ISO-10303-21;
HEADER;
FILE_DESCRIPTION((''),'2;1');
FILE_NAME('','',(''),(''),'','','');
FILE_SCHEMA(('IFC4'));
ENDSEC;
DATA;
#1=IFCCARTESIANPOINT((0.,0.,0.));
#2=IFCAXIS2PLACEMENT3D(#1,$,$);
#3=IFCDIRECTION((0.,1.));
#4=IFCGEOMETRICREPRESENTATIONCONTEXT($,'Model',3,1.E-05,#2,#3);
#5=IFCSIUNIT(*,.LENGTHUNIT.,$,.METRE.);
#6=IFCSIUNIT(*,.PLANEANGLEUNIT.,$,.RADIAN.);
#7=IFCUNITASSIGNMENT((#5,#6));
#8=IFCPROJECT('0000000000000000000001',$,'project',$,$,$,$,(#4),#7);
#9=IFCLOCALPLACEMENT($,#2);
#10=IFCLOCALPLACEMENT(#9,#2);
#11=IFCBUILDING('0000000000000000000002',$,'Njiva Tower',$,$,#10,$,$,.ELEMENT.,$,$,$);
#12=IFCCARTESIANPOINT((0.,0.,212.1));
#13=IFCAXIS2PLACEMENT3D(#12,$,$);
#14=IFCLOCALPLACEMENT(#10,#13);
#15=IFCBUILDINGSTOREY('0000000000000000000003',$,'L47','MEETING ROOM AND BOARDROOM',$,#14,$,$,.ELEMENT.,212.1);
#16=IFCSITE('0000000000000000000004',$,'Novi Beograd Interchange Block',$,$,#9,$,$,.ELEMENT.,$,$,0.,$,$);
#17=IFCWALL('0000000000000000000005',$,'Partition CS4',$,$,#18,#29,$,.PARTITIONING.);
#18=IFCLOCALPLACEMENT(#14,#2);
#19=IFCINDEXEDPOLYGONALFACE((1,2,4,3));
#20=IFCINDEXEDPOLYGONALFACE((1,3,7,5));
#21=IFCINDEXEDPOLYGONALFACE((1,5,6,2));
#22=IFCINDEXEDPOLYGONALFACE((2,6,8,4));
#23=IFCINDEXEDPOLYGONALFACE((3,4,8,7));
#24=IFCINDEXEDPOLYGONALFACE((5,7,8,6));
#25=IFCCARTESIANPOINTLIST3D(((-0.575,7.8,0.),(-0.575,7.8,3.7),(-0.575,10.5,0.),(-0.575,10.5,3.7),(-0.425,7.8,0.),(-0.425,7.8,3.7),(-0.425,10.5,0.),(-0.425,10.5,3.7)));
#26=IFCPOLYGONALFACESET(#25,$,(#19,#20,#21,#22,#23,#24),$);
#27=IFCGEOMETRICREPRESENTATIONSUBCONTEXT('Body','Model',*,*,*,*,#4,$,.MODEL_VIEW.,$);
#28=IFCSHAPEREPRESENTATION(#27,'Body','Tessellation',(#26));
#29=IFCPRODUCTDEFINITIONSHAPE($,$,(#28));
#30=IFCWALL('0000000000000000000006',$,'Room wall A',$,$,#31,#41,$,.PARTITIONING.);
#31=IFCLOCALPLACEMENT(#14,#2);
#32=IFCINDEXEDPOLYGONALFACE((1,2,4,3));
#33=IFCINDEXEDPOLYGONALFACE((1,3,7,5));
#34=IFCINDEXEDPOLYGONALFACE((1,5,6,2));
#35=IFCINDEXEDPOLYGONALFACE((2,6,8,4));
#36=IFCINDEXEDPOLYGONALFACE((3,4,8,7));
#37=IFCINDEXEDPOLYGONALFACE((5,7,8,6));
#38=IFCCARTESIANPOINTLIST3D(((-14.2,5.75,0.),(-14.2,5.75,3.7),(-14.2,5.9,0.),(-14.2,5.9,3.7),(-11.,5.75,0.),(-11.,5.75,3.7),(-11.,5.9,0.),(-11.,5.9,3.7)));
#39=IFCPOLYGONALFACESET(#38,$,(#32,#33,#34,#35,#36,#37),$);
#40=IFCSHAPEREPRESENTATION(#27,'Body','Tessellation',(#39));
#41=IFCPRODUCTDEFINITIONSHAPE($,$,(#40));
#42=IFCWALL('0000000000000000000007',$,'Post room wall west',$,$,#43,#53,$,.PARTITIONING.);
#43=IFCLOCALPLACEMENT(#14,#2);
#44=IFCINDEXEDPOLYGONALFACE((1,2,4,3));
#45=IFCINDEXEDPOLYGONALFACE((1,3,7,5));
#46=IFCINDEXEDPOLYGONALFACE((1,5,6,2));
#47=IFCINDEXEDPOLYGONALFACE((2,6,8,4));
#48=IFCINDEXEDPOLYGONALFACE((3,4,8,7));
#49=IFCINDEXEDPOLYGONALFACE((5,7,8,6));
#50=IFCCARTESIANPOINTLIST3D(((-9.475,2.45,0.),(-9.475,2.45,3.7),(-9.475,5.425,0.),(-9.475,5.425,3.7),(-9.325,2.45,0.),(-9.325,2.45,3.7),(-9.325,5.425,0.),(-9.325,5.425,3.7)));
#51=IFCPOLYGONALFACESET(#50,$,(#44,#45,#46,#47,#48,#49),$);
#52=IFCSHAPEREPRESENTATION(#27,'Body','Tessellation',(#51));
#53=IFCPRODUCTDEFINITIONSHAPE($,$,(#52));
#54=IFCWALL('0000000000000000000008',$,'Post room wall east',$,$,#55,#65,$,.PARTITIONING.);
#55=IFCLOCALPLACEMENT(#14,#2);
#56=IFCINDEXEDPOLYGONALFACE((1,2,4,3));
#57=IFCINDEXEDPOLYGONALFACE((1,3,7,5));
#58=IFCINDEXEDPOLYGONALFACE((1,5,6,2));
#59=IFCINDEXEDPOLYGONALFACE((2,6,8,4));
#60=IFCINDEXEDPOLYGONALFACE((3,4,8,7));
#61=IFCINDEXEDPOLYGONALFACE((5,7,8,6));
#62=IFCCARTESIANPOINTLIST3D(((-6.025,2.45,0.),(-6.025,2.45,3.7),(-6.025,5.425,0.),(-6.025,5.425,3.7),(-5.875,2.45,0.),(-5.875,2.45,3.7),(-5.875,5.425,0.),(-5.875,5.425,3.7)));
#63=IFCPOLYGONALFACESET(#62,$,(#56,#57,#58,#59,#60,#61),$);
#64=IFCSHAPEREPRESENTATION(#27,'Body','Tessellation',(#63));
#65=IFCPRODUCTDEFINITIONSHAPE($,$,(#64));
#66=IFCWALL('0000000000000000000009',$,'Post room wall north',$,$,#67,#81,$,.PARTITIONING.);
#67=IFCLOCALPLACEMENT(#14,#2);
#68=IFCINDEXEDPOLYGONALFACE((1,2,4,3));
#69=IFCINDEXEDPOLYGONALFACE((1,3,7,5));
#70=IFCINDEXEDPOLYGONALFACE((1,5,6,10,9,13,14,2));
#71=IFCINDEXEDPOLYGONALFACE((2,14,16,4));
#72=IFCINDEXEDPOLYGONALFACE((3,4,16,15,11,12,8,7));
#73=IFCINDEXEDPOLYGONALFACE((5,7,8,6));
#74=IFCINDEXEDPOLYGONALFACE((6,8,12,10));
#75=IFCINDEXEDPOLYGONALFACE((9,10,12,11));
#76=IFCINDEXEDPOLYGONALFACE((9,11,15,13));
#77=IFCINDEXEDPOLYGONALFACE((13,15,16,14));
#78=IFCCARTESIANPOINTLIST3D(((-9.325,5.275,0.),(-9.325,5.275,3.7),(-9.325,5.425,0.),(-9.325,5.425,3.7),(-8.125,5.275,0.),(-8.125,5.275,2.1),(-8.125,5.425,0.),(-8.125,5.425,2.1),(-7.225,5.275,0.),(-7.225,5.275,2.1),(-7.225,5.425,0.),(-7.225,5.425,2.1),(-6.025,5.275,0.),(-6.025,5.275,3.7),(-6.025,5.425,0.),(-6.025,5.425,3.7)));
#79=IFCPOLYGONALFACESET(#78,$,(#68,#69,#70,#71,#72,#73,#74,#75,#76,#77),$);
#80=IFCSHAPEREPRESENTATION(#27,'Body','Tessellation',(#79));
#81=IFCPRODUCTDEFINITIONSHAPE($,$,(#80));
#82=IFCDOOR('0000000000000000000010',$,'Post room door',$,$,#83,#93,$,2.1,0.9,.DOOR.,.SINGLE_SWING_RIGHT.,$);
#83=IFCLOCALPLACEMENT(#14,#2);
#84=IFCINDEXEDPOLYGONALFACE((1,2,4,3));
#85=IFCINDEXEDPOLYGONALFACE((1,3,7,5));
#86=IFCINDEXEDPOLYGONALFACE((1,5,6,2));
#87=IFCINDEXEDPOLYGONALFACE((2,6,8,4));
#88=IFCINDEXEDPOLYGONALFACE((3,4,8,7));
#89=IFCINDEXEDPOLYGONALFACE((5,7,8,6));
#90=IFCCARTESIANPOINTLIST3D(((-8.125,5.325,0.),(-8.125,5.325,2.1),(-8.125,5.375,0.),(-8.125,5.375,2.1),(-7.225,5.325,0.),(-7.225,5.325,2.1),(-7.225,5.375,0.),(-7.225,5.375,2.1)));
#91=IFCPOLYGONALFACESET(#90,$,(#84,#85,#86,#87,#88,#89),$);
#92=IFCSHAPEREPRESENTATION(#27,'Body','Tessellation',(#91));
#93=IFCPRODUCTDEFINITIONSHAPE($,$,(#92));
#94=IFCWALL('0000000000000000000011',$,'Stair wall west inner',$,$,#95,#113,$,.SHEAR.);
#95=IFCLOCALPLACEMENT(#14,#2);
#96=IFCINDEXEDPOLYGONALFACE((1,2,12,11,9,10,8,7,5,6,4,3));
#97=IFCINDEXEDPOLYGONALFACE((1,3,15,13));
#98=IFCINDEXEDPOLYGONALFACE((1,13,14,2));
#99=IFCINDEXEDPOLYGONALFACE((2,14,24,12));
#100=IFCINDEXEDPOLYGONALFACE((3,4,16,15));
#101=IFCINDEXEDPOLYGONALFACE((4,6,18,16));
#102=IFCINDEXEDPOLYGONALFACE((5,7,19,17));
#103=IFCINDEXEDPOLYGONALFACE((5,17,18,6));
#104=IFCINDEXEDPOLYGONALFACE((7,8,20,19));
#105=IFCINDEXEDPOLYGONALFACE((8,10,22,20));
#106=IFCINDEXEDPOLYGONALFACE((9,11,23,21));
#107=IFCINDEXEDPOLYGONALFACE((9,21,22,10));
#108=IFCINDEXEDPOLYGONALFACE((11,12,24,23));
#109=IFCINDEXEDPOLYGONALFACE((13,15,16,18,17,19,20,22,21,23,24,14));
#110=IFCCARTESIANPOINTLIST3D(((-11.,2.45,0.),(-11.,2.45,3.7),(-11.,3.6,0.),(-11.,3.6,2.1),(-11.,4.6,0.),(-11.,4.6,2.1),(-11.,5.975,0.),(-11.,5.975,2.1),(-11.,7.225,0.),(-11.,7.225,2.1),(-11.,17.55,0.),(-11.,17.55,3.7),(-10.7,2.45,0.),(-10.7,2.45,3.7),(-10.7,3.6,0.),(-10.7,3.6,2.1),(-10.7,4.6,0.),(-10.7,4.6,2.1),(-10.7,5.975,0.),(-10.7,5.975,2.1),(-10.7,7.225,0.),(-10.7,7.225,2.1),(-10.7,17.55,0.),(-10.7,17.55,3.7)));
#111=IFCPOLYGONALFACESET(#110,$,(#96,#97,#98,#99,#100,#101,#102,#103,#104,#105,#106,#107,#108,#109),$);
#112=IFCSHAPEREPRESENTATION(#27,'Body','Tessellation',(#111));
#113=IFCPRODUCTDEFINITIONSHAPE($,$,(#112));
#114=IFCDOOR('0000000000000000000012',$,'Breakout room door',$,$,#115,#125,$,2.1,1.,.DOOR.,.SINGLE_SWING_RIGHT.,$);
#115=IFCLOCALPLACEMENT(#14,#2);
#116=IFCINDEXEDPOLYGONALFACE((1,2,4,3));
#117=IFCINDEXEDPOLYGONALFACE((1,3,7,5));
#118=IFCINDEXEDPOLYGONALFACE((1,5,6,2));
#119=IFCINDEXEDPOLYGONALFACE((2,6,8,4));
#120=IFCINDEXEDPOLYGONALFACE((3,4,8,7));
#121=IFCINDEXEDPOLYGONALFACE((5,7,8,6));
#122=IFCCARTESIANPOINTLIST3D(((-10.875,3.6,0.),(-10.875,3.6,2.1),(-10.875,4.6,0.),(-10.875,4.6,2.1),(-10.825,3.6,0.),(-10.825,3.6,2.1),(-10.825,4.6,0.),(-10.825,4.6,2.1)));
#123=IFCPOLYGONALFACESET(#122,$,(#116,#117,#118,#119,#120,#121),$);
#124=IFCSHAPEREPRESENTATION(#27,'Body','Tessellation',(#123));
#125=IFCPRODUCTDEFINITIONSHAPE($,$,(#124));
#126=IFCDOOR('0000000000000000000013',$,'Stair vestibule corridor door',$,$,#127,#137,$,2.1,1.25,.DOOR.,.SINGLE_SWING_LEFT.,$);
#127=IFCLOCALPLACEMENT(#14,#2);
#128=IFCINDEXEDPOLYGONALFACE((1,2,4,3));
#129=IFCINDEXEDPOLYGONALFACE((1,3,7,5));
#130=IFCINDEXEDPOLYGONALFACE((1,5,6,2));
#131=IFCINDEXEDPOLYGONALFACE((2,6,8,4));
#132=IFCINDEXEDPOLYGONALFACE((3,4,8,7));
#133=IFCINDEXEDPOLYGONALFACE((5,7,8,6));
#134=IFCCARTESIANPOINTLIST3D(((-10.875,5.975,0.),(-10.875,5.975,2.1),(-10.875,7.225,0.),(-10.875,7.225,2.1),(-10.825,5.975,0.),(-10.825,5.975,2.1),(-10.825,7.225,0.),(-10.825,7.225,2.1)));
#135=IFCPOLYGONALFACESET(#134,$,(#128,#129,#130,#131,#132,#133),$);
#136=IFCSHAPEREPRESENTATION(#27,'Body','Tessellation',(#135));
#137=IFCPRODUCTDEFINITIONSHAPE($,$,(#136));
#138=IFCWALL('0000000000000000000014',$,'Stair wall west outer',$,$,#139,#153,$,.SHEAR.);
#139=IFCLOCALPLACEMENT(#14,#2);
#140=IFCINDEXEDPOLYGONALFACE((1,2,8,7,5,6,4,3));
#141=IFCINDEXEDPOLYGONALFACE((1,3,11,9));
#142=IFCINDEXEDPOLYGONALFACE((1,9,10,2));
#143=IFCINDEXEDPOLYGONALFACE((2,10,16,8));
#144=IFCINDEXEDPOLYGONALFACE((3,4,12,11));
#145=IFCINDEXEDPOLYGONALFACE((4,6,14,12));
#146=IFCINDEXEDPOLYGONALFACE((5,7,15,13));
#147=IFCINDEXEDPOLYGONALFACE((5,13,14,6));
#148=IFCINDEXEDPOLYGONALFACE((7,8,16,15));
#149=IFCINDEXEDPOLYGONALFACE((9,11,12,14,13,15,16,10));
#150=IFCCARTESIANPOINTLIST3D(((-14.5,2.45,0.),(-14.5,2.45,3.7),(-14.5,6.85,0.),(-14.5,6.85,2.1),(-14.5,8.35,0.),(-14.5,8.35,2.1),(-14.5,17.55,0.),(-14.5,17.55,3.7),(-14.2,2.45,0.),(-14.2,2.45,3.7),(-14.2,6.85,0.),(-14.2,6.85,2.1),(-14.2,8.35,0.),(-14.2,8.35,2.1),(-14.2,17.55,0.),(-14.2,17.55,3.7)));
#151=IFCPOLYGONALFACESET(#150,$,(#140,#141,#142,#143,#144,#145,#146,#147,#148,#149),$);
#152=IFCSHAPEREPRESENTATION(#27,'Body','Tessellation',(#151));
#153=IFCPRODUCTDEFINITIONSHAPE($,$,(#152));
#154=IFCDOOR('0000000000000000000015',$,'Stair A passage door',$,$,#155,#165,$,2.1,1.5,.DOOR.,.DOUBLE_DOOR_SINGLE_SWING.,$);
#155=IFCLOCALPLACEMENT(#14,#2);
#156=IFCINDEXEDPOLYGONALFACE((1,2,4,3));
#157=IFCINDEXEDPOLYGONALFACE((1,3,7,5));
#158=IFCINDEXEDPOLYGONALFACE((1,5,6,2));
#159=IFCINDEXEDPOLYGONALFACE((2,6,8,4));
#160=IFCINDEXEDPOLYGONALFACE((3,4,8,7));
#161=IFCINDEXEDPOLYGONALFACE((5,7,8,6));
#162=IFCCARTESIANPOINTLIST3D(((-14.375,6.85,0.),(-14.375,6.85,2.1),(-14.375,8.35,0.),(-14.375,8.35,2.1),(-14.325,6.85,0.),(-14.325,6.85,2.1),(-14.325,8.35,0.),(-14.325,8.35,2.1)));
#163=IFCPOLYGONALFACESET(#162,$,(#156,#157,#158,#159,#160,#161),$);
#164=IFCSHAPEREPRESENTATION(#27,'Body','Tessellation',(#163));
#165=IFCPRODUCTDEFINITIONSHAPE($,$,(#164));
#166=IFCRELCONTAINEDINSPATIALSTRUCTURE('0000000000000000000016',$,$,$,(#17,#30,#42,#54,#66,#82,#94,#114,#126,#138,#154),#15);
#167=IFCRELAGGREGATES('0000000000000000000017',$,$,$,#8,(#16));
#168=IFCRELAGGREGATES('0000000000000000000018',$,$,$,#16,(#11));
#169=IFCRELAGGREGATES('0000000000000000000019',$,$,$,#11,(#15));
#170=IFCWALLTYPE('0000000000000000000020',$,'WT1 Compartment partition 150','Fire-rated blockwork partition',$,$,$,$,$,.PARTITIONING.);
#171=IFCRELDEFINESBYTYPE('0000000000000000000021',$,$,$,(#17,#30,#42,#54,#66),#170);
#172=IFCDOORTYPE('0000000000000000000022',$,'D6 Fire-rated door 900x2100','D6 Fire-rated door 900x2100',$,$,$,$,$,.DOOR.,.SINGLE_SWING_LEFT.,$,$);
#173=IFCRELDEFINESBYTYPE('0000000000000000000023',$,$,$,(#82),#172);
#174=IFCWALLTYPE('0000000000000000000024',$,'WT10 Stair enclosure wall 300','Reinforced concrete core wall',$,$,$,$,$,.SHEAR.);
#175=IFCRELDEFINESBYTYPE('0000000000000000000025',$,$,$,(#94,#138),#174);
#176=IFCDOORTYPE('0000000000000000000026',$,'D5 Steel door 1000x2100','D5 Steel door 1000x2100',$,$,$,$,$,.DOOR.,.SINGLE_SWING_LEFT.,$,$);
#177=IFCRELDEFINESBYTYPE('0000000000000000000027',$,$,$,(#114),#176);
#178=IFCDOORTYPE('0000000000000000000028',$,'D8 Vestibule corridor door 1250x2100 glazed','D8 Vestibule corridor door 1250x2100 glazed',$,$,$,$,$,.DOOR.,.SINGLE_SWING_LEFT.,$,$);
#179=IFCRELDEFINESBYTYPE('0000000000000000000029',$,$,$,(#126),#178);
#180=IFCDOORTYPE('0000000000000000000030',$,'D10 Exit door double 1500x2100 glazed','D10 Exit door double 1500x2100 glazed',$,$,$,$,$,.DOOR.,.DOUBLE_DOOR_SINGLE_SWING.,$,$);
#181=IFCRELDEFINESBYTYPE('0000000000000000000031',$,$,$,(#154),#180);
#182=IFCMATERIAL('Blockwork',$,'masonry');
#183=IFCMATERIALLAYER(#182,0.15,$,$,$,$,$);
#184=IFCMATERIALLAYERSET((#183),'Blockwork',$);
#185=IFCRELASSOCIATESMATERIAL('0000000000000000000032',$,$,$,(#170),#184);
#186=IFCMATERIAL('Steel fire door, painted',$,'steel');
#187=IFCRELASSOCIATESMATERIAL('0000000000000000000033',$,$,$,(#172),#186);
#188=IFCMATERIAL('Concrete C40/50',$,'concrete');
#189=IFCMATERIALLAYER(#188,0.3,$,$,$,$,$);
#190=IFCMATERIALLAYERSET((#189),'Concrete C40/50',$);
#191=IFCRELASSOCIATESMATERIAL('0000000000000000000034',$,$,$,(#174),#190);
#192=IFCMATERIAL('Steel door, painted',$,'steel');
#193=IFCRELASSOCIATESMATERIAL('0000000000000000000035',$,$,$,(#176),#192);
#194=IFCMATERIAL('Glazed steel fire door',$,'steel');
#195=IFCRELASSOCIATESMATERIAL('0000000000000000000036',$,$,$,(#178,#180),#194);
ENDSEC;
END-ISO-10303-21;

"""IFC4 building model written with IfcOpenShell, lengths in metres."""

from ifc_helpers import new_model, si_unit, direction, frame, frame_2d, origin, place, context, subcontext, project, spatial, rectangle, extrude, material, layer, layer_set, type_object, element, fill, save


model = new_model("IFC4")

# Units and contexts
model_context = context("Model", 3, precision=1e-05, world=origin(), true_north=direction((0.0, 1.0)))
body_context = subcontext(model_context, "Body", "Model", "MODEL_VIEW")
ifc_project = project(units=[si_unit("LENGTHUNIT", "METRE"), si_unit("PLANEANGLEUNIT", "RADIAN")], contexts=[model_context])

# Site, building, storey
site_placement = place(None, origin())
site = spatial("IfcSite", under=ifc_project, at=site_placement, Name="Novi Beograd Interchange Block", CompositionType="ELEMENT", RefElevation=0.0)
building_placement = place(site_placement, origin())
building = spatial("IfcBuilding", under=site, at=building_placement, Name="Njiva Tower", CompositionType="ELEMENT")
storey_placement = place(building_placement, frame((0.0, 0.0, 212.1)))
storey = spatial("IfcBuildingStorey", under=building, at=storey_placement, Name="L47", Description="MEETING ROOM AND BOARDROOM", CompositionType="ELEMENT", Elevation=212.1)

# Walls
ifc_material_1 = material(Name="Blockwork", Category="masonry")
ifc_layer_1 = layer(ifc_material_1, 0.15)
ifc_layer_set_1 = layer_set([ifc_layer_1], Name="Blockwork")
wall_type_1 = type_object("IfcWallType", Name="WT1 Compartment partition 150", Description="Fire-rated blockwork partition", PredefinedType="PARTITIONING", material=ifc_layer_set_1)
wall_1_placement = place(storey_placement, frame((-0.5, 7.8, 0.0), z_axis=(0.0, 0.0, 1.0), x_axis=(0.0, 1.0, 0.0)))
element("IfcWall", 1, at=wall_1_placement, inside=storey, type_object=wall_type_1, Name="Partition CS4", PredefinedType="PARTITIONING", context=body_context, shape_type="SweptSolid", body=[
    extrude(rectangle(XDim=2.7, YDim=0.15, at=frame_2d((1.35, 0.0))), origin(), (0.0, 0.0, 1.0), 3.7),
])
wall_2_placement = place(storey_placement, frame((-14.2, 5.825, 0.0), z_axis=(0.0, 0.0, 1.0), x_axis=(1.0, 0.0, 0.0)))
element("IfcWall", 2, at=wall_2_placement, inside=storey, type_object=wall_type_1, Name="Room wall A", PredefinedType="PARTITIONING", context=body_context, shape_type="SweptSolid", body=[
    extrude(rectangle(XDim=3.2, YDim=0.15, at=frame_2d((1.6, 0.0))), origin(), (0.0, 0.0, 1.0), 3.7),
])
for number, where, z_axis, x_axis, name in (
    (3, (-9.4, 2.45, 0.0), (0.0, 0.0, 1.0), (0.0, 1.0, 0.0), "Post room wall west"),
    (4, (-5.95, 2.45, 0.0), (0.0, 0.0, 1.0), (0.0, 1.0, 0.0), "Post room wall east"),
):
    element("IfcWall", number, at=place(storey_placement, frame(where, z_axis=z_axis, x_axis=x_axis)), inside=storey, type_object=wall_type_1, Name=name, PredefinedType="PARTITIONING", context=body_context, shape_type="SweptSolid", body=[
        extrude(rectangle(XDim=2.975, YDim=0.15, at=frame_2d((1.4875, 0.0))), origin(), (0.0, 0.0, 1.0), 3.7),
    ])

# Wall, opening, door
wall_3_placement = place(storey_placement, frame((-9.325, 5.35, 0.0), z_axis=(0.0, 0.0, 1.0), x_axis=(1.0, 0.0, 0.0)))
wall_3 = element("IfcWall", 5, at=wall_3_placement, inside=storey, type_object=wall_type_1, Name="Post room wall north", PredefinedType="PARTITIONING", context=body_context, shape_type="SweptSolid", body=[
    extrude(rectangle(XDim=3.3, YDim=0.15, at=frame_2d((1.65, 0.0))), origin(), (0.0, 0.0, 1.0), 3.7),
])
opening_1_placement = place(wall_3_placement, frame((1.2, 0.0, 0.0)))
opening_1 = element("IfcOpeningElement", 6, at=opening_1_placement, cuts=wall_3, PredefinedType="OPENING", context=body_context, shape_type="SweptSolid", body=[
    extrude(rectangle(XDim=0.9, YDim=2.1, at=frame_2d((0.45, 1.05))), frame((0.0, 0.085, 0.0), z_axis=(0.0, -1.0, 0.0), x_axis=(1.0, 0.0, 0.0)), (0.0, 0.0, 1.0), 0.17),
])
ifc_material_2 = material(Name="Steel fire door, painted", Category="steel")
door_type_1 = type_object("IfcDoorType", Name="D6 Fire-rated door 900x2100", Description="D6 Fire-rated door 900x2100", OperationType="SINGLE_SWING_LEFT", PredefinedType="DOOR", material=ifc_material_2)
door_1_placement = place(opening_1_placement, origin())
door_1 = element("IfcDoor", 7, at=door_1_placement, inside=storey, type_object=door_type_1, Name="Post room door", OperationType="SINGLE_SWING_RIGHT", OverallHeight=2.1, OverallWidth=0.9, PredefinedType="DOOR", context=body_context, shape_type="SweptSolid", body=[
    extrude(rectangle(XDim=0.9, YDim=2.1, at=frame_2d((0.45, 1.05))), frame((0.0, 0.025, 0.0), z_axis=(0.0, -1.0, 0.0), x_axis=(1.0, 0.0, 0.0)), (0.0, 0.0, 1.0), 0.05),
])
fill(opening_1, door_1)

# Wall, openings, doors
ifc_material_3 = material(Name="Concrete C40/50", Category="concrete")
ifc_layer_2 = layer(ifc_material_3, 0.3)
ifc_layer_set_2 = layer_set([ifc_layer_2], Name="Concrete C40/50")
wall_type_2 = type_object("IfcWallType", Name="WT10 Stair enclosure wall 300", Description="Reinforced concrete core wall", PredefinedType="SHEAR", material=ifc_layer_set_2)
wall_4_placement = place(storey_placement, frame((-10.85, 2.45, 0.0), z_axis=(0.0, 0.0, 1.0), x_axis=(0.0, 1.0, 0.0)))
wall_4 = element("IfcWall", 8, at=wall_4_placement, inside=storey, type_object=wall_type_2, Name="Stair wall west inner", PredefinedType="SHEAR", context=body_context, shape_type="SweptSolid", body=[
    extrude(rectangle(XDim=15.1, YDim=0.3, at=frame_2d((7.55, 0.0))), origin(), (0.0, 0.0, 1.0), 3.7),
])
opening_2_placement = place(wall_4_placement, frame((3.525, 0.0, 0.0)))
opening_2 = element("IfcOpeningElement", 9, at=opening_2_placement, cuts=wall_4, PredefinedType="OPENING", context=body_context, shape_type="SweptSolid", body=[
    extrude(rectangle(XDim=1.25, YDim=2.1, at=frame_2d((0.625, 1.05))), frame((0.0, 0.16, 0.0), z_axis=(0.0, -1.0, 0.0), x_axis=(1.0, 0.0, 0.0)), (0.0, 0.0, 1.0), 0.32),
])
opening_3_placement = place(wall_4_placement, frame((1.15, 0.0, 0.0)))
opening_3 = element("IfcOpeningElement", 10, at=opening_3_placement, cuts=wall_4, PredefinedType="OPENING", context=body_context, shape_type="SweptSolid", body=[
    extrude(rectangle(XDim=1.0, YDim=2.1, at=frame_2d((0.5, 1.05))), frame((0.0, 0.16, 0.0), z_axis=(0.0, -1.0, 0.0), x_axis=(1.0, 0.0, 0.0)), (0.0, 0.0, 1.0), 0.32),
])
ifc_material_4 = material(Name="Steel door, painted", Category="steel")
door_type_2 = type_object("IfcDoorType", Name="D5 Steel door 1000x2100", Description="D5 Steel door 1000x2100", OperationType="SINGLE_SWING_LEFT", PredefinedType="DOOR", material=ifc_material_4)
door_2_placement = place(opening_3_placement, origin())
door_2 = element("IfcDoor", 11, at=door_2_placement, inside=storey, type_object=door_type_2, Name="Breakout room door", OperationType="SINGLE_SWING_RIGHT", OverallHeight=2.1, OverallWidth=1.0, PredefinedType="DOOR", context=body_context, shape_type="SweptSolid", body=[
    extrude(rectangle(XDim=1.0, YDim=2.1, at=frame_2d((0.5, 1.05))), frame((0.0, 0.025, 0.0), z_axis=(0.0, -1.0, 0.0), x_axis=(1.0, 0.0, 0.0)), (0.0, 0.0, 1.0), 0.05),
])
fill(opening_3, door_2)
ifc_material_5 = material(Name="Glazed steel fire door", Category="steel")
door_type_3 = type_object("IfcDoorType", Name="D8 Vestibule corridor door 1250x2100 glazed", Description="D8 Vestibule corridor door 1250x2100 glazed", OperationType="SINGLE_SWING_LEFT", PredefinedType="DOOR", material=ifc_material_5)
door_3_placement = place(opening_2_placement, origin())
door_3 = element("IfcDoor", 12, at=door_3_placement, inside=storey, type_object=door_type_3, Name="Stair vestibule corridor door", OperationType="SINGLE_SWING_LEFT", OverallHeight=2.1, OverallWidth=1.25, PredefinedType="DOOR", context=body_context, shape_type="SweptSolid", body=[
    extrude(rectangle(XDim=1.25, YDim=2.1, at=frame_2d((0.625, 1.05))), frame((0.0, 0.025, 0.0), z_axis=(0.0, -1.0, 0.0), x_axis=(1.0, 0.0, 0.0)), (0.0, 0.0, 1.0), 0.05),
])
fill(opening_2, door_3)

# Wall, opening, door
wall_5_placement = place(storey_placement, frame((-14.35, 2.45, 0.0), z_axis=(0.0, 0.0, 1.0), x_axis=(0.0, 1.0, 0.0)))
wall_5 = element("IfcWall", 13, at=wall_5_placement, inside=storey, type_object=wall_type_2, Name="Stair wall west outer", PredefinedType="SHEAR", context=body_context, shape_type="SweptSolid", body=[
    extrude(rectangle(XDim=15.1, YDim=0.3, at=frame_2d((7.55, 0.0))), origin(), (0.0, 0.0, 1.0), 3.7),
])
opening_4_placement = place(wall_5_placement, frame((4.4, 0.0, 0.0)))
opening_4 = element("IfcOpeningElement", 14, at=opening_4_placement, cuts=wall_5, PredefinedType="OPENING", context=body_context, shape_type="SweptSolid", body=[
    extrude(rectangle(XDim=1.5, YDim=2.1, at=frame_2d((0.75, 1.05))), frame((0.0, 0.16, 0.0), z_axis=(0.0, -1.0, 0.0), x_axis=(1.0, 0.0, 0.0)), (0.0, 0.0, 1.0), 0.32),
])
door_type_4 = type_object("IfcDoorType", Name="D10 Exit door double 1500x2100 glazed", Description="D10 Exit door double 1500x2100 glazed", OperationType="DOUBLE_DOOR_SINGLE_SWING", PredefinedType="DOOR", material=ifc_material_5)
door_4_placement = place(opening_4_placement, origin())
door_4 = element("IfcDoor", 15, at=door_4_placement, inside=storey, type_object=door_type_4, Name="Stair A passage door", OperationType="DOUBLE_DOOR_SINGLE_SWING", OverallHeight=2.1, OverallWidth=1.5, PredefinedType="DOOR", context=body_context, shape_type="SweptSolid", body=[
    extrude(rectangle(XDim=1.5, YDim=2.1, at=frame_2d((0.75, 1.05))), frame((0.0, 0.025, 0.0), z_axis=(0.0, -1.0, 0.0), x_axis=(1.0, 0.0, 0.0)), (0.0, 0.0, 1.0), 0.05),
])
fill(opening_4, door_4)

save(model, "model.ifc")
